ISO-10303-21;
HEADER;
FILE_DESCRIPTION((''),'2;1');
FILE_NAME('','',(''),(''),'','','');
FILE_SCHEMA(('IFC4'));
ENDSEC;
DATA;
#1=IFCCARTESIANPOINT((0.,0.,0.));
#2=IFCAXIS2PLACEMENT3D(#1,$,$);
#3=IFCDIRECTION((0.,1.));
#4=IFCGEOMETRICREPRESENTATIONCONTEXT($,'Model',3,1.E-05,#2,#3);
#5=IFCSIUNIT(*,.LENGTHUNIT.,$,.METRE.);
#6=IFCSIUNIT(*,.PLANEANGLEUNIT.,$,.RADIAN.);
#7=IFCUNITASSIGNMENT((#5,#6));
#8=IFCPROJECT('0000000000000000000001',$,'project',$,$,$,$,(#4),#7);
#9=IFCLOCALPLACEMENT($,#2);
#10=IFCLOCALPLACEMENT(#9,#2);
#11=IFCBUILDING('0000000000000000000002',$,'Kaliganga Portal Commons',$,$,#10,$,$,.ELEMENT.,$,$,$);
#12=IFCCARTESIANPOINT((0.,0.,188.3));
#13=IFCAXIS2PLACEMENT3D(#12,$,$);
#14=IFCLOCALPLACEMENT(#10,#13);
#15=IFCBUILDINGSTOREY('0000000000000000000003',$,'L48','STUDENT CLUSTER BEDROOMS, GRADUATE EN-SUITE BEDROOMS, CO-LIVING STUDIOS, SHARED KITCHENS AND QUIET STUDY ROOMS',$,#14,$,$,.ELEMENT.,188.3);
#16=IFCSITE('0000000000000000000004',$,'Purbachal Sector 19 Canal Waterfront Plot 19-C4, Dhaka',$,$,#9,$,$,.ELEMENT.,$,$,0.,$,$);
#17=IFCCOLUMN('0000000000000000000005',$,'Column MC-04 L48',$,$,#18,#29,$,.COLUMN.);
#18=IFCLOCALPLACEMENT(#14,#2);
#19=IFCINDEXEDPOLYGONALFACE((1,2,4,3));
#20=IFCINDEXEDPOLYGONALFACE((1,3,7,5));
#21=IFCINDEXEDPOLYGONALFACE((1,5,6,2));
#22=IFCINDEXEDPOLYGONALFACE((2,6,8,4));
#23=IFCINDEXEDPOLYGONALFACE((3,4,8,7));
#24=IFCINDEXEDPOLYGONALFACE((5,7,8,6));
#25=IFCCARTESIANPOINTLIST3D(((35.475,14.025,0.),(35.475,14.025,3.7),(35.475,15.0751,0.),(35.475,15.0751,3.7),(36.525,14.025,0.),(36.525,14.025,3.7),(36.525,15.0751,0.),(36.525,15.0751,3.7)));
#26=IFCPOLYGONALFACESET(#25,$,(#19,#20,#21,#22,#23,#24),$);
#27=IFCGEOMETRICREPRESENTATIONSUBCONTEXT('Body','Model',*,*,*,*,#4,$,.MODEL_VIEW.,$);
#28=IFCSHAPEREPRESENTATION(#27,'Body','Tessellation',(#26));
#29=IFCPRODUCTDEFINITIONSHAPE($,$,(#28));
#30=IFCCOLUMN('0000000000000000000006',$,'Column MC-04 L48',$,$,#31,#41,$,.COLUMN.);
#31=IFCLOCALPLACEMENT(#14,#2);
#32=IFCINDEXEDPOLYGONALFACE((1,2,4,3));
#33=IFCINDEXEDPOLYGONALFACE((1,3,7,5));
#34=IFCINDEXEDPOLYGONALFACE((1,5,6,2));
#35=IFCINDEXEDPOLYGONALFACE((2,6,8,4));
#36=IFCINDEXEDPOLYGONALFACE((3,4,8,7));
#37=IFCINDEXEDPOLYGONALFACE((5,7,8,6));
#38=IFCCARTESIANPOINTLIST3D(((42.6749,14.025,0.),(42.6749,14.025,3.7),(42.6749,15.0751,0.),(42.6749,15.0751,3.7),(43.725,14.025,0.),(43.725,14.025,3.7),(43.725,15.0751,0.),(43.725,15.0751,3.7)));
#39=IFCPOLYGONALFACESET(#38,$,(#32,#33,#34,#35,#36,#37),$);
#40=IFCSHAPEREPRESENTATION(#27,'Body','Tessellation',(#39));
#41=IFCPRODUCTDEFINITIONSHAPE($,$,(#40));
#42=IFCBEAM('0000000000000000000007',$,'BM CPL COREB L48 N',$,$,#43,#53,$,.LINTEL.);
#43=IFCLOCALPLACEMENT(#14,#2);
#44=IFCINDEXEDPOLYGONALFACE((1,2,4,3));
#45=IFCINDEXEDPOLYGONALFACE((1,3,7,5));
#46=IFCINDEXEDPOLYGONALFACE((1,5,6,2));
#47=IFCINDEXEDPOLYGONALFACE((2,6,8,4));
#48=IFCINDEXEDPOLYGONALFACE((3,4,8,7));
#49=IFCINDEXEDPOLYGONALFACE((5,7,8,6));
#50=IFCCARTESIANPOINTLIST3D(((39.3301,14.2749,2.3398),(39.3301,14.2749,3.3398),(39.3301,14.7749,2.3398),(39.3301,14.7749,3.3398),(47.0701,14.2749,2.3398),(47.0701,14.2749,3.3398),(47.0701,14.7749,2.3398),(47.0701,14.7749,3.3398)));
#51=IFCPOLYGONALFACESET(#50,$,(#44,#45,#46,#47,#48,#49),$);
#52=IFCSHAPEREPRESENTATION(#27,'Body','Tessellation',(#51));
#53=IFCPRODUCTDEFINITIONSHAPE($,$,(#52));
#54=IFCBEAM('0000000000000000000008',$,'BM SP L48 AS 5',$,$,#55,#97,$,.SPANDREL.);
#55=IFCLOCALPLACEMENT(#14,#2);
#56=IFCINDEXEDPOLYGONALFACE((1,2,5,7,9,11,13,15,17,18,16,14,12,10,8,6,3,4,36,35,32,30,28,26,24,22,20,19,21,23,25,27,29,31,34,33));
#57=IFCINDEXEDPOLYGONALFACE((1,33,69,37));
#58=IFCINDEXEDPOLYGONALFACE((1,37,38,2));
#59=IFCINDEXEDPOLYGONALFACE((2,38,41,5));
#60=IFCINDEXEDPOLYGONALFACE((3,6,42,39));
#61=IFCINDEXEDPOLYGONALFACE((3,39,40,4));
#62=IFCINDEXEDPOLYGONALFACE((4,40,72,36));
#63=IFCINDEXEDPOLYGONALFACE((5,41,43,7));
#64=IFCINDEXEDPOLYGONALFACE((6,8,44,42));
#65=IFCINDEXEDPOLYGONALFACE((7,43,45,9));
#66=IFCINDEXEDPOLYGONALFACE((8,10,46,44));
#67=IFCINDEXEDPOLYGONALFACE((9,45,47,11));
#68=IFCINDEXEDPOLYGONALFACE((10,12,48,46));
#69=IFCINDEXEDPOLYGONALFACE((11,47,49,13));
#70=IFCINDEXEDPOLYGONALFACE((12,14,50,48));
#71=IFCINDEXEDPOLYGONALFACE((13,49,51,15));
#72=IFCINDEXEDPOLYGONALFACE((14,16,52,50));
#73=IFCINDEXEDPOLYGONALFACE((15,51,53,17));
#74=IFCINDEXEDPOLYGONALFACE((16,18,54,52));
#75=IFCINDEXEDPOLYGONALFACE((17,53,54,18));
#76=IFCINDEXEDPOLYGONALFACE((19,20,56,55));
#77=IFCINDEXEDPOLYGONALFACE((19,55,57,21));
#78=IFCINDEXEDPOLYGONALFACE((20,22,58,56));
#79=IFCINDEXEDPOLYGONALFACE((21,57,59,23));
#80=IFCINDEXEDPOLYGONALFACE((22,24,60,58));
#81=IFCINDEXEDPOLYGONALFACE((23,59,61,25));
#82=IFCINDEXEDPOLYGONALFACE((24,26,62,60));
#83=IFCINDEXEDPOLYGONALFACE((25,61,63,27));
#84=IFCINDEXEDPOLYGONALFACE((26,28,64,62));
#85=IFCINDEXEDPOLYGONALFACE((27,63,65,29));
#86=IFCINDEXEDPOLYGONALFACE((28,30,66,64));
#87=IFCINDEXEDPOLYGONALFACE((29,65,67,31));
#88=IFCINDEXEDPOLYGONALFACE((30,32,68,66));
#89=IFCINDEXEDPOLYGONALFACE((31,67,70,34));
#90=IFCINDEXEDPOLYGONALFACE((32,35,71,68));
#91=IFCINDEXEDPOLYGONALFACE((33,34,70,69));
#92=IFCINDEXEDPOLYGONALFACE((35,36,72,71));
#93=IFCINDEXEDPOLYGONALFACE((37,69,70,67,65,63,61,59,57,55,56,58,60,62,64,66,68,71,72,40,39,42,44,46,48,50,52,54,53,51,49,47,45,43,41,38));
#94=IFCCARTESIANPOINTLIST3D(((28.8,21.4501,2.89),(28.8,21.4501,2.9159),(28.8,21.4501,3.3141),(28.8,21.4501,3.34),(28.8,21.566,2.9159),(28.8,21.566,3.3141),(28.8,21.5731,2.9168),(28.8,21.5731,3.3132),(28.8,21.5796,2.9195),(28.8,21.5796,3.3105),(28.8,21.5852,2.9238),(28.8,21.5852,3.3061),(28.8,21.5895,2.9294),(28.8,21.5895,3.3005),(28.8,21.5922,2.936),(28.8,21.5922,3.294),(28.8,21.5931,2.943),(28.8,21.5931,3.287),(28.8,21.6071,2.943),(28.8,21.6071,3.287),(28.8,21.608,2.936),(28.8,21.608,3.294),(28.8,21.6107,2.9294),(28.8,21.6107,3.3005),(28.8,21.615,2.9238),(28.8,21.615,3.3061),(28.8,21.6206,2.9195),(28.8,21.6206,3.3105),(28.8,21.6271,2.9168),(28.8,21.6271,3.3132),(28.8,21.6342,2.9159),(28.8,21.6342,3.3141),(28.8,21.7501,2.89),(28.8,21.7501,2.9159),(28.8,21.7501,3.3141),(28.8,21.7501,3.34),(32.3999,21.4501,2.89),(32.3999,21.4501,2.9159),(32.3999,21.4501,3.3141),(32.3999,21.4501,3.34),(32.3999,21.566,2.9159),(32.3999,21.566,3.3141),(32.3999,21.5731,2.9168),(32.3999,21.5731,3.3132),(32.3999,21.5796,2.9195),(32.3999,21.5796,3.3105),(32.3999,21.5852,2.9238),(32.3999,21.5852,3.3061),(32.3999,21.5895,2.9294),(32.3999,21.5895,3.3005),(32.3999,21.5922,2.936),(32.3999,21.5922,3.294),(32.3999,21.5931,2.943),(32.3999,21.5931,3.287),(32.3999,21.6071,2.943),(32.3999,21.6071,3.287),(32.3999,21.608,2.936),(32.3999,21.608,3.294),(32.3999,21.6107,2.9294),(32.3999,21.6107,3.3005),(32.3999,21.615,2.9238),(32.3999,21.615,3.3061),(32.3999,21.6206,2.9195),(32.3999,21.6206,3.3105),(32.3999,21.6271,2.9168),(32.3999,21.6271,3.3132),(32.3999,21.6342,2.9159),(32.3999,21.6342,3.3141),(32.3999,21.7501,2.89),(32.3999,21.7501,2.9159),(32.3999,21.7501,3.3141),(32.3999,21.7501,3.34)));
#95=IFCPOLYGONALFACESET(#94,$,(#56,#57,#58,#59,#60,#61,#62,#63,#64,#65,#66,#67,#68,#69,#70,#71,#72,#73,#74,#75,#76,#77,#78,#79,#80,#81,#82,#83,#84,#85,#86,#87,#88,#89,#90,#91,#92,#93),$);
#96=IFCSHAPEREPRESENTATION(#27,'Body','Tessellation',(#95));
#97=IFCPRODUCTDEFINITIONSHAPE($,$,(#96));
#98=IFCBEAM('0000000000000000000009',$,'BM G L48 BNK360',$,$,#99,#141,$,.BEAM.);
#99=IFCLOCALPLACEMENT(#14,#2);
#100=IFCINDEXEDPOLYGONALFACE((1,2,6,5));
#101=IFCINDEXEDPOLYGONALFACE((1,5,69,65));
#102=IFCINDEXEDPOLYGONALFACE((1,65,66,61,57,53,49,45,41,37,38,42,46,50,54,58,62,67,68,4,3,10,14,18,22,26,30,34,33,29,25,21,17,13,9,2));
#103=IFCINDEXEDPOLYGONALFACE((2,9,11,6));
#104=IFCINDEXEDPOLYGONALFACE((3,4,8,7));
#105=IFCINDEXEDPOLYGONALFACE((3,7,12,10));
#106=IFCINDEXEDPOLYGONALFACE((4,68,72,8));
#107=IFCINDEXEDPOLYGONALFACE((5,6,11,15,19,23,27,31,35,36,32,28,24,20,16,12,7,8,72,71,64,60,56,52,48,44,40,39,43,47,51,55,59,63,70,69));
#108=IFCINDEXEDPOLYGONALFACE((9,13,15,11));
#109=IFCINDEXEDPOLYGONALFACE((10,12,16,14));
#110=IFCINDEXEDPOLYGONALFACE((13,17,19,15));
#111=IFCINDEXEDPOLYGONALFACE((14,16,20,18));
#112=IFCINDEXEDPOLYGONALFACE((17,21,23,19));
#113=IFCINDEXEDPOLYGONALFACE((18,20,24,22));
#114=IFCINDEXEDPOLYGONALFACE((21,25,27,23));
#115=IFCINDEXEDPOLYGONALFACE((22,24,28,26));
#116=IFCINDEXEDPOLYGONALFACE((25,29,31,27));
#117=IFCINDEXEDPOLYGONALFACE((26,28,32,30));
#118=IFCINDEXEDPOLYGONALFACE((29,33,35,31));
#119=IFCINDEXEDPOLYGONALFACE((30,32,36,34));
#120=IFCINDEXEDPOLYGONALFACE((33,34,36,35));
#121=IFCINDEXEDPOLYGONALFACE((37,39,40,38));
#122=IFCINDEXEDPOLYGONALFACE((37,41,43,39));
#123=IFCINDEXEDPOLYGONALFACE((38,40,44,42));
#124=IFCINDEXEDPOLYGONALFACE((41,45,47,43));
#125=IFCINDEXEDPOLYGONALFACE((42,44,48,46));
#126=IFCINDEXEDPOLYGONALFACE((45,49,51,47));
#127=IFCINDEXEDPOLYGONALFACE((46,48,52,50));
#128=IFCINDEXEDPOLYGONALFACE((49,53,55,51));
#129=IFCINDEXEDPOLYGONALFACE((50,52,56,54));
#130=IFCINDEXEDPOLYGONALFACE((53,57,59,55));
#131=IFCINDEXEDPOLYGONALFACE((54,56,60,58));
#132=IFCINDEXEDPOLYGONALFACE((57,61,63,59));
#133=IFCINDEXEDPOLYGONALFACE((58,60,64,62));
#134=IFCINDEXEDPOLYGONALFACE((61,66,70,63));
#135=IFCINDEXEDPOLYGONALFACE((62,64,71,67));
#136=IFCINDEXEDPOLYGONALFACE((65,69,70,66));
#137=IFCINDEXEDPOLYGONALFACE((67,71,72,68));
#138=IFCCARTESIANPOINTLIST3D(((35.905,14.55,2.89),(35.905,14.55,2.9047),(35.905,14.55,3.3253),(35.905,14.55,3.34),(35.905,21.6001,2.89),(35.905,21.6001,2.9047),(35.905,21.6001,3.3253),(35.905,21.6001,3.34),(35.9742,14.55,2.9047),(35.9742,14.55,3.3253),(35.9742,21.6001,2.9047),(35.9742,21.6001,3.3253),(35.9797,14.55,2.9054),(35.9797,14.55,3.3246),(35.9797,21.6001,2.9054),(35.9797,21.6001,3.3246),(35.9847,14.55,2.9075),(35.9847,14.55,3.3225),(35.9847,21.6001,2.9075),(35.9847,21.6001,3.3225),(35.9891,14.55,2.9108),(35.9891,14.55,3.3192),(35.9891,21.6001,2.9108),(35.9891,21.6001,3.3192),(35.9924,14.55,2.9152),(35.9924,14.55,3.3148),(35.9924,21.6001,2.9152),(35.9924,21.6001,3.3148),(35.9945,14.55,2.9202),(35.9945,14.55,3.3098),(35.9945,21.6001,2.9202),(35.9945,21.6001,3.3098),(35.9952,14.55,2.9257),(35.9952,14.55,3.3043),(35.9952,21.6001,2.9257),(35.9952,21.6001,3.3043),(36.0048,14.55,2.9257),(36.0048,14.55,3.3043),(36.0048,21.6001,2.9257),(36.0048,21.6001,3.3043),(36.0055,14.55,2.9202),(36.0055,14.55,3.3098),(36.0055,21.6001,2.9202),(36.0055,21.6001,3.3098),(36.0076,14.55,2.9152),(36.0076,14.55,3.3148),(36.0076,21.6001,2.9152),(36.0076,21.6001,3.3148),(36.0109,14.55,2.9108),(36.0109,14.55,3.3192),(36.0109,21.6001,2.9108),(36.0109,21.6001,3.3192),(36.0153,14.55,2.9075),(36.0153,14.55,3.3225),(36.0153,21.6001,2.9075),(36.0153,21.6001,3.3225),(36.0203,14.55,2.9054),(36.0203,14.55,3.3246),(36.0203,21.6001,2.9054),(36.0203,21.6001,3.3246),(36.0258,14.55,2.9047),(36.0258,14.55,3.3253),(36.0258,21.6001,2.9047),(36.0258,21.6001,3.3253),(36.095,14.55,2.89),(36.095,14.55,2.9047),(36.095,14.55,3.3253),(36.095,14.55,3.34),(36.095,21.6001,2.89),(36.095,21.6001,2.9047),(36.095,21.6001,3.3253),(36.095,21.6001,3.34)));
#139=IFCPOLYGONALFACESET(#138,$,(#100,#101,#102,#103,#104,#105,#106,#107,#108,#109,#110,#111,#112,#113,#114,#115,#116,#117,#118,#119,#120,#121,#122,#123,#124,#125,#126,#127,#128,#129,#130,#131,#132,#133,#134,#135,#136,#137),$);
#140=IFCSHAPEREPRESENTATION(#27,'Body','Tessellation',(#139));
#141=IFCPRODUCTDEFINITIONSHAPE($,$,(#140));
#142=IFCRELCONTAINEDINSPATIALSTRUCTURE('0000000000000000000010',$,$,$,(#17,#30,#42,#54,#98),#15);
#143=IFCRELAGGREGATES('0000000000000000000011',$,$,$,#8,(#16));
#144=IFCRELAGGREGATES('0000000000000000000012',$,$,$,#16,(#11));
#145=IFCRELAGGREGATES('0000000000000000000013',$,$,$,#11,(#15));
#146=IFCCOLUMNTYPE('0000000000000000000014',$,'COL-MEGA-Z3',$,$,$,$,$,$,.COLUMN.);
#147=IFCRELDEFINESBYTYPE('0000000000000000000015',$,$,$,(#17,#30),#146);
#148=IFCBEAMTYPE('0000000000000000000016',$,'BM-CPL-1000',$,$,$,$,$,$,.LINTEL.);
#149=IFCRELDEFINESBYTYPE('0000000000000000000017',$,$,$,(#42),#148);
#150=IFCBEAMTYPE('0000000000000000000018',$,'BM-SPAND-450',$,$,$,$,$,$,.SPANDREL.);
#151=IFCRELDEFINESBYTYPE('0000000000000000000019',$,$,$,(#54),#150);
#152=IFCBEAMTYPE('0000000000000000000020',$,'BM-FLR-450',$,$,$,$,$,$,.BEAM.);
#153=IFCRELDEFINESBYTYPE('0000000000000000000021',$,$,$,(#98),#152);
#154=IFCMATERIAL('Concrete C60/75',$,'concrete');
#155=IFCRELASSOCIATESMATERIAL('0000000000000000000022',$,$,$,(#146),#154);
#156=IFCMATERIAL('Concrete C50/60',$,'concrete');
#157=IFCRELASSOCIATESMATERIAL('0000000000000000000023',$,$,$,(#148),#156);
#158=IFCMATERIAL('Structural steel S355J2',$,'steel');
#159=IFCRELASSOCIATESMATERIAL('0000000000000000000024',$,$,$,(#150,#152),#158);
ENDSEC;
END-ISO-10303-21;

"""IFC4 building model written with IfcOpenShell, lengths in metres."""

from ifc_helpers import new_model, si_unit, direction, frame, origin, origin_2d, place, context, subcontext, project, spatial, rectangle, i_section, extrude, source, transform, mapped, material, material_profile, profile_set, type_object, element, save


model = new_model("IFC4")

# Units and contexts
model_context = context("Model", 3, precision=1e-05, world=origin(), true_north=direction((0.0, 1.0)))
body_context = subcontext(model_context, "Body", "Model", "MODEL_VIEW")
ifc_project = project(units=[si_unit("LENGTHUNIT", "METRE"), si_unit("PLANEANGLEUNIT", "RADIAN")], contexts=[model_context])

# Site, building, storey
site_placement = place(None, origin())
site = spatial("IfcSite", under=ifc_project, at=site_placement, Name="Purbachal Sector 19 Canal Waterfront Plot 19-C4, Dhaka", CompositionType="ELEMENT", RefElevation=0.0)
building_placement = place(site_placement, origin())
building = spatial("IfcBuilding", under=site, at=building_placement, Name="Kaliganga Portal Commons", CompositionType="ELEMENT")
storey_placement = place(building_placement, frame((0.0, 0.0, 188.3)))
storey = spatial("IfcBuildingStorey", under=building, at=storey_placement, Name="L48", Description="STUDENT CLUSTER BEDROOMS, GRADUATE EN-SUITE BEDROOMS, CO-LIVING STUDIOS, SHARED KITCHENS AND QUIET STUDY ROOMS", CompositionType="ELEMENT", Elevation=188.3)

# Columns
ifc_material_1 = material(Name="Concrete C60/75", Category="concrete")
ifc_material_profile_1 = material_profile(ifc_material_1, rectangle(XDim=1.05, YDim=1.05, at=origin_2d()), Name="RC 1050x1050")
ifc_profile_set_1 = profile_set([ifc_material_profile_1], Name="Concrete C60/75")
column_type = type_object("IfcColumnType", Name="COL-MEGA-Z3", PredefinedType="COLUMN", material=ifc_profile_set_1)
shared_shape_1 = source(origin(), body_context, "Body", "SweptSolid", [
    extrude(rectangle(XDim=1.05, YDim=1.05, at=origin_2d()), origin(), (0.0, 0.0, 1.0), 3.7),
])
for number, where, z_axis, x_axis, name in (
    (1, (36.0, 14.55, 0.0), (0.0, 0.0, 1.0), (1.0, 0.0, 0.0), "Column MC-04 L48"),
    (2, (43.2, 14.55, 0.0), (0.0, 0.0, 1.0), (1.0, 0.0, 0.0), "Column MC-04 L48"),
):
    element("IfcColumn", number, at=place(storey_placement, frame(where, z_axis=z_axis, x_axis=x_axis)), inside=storey, type_object=column_type, Name=name, PredefinedType="COLUMN", context=body_context, shape_type="MappedRepresentation", body=[
        mapped(shared_shape_1, transform((0.0, 0.0, 0.0), x_axis=(1.0, 0.0, 0.0), y_axis=(0.0, 1.0, 0.0), z_axis=(0.0, 0.0, 1.0), scale=1.0)),
    ])

# Beams
ifc_material_2 = material(Name="Concrete C50/60", Category="concrete")
ifc_material_profile_2 = material_profile(ifc_material_2, rectangle(XDim=0.5, YDim=1.0, at=origin_2d()), Name="RC 500x1000")
ifc_profile_set_2 = profile_set([ifc_material_profile_2], Name="Concrete C50/60")
beam_type_1 = type_object("IfcBeamType", Name="BM-CPL-1000", PredefinedType="LINTEL", material=ifc_profile_set_2)
shared_shape_2 = source(origin(), body_context, "Body", "SweptSolid", [
    extrude(rectangle(XDim=0.5, YDim=1.0, at=origin_2d()), origin(), (0.0, 0.0, 1.0), 7.74),
])
beam_1_placement = place(storey_placement, frame((39.3301, 14.5249, 2.8398), z_axis=(1.0, 0.0, 0.0), x_axis=(0.0, 1.0, 0.0)))
element("IfcBeam", 3, at=beam_1_placement, inside=storey, type_object=beam_type_1, Name="BM CPL COREB L48 N", PredefinedType="LINTEL", context=body_context, shape_type="MappedRepresentation", body=[
    mapped(shared_shape_2, transform((0.0, 0.0, 0.0), x_axis=(1.0, 0.0, 0.0), y_axis=(0.0, 1.0, 0.0), z_axis=(0.0, 0.0, 1.0), scale=1.0)),
])
ifc_material_3 = material(Name="Structural steel S355J2", Category="steel")
ifc_material_profile_3 = material_profile(ifc_material_3, i_section(OverallWidth=0.3, OverallDepth=0.45, WebThickness=0.0139, FlangeThickness=0.0259, FilletRadius=0.0271, at=origin_2d()), Name="HE 450 B")
ifc_profile_set_3 = profile_set([ifc_material_profile_3], Name="Structural steel S355J2 wide-flange")
beam_type_2 = type_object("IfcBeamType", Name="BM-SPAND-450", PredefinedType="SPANDREL", material=ifc_profile_set_3)
shared_shape_3 = source(origin(), body_context, "Body", "SweptSolid", [
    extrude(i_section(OverallWidth=0.3, OverallDepth=0.45, WebThickness=0.0139, FlangeThickness=0.0259, FilletRadius=0.0271, at=origin_2d()), origin(), (0.0, 0.0, 1.0), 3.5999),
])
beam_2_placement = place(storey_placement, frame((28.8, 21.6001, 3.115), z_axis=(1.0, 0.0, 0.0), x_axis=(0.0, 1.0, 0.0)))
element("IfcBeam", 4, at=beam_2_placement, inside=storey, type_object=beam_type_2, Name="BM SP L48 AS 5", PredefinedType="SPANDREL", context=body_context, shape_type="MappedRepresentation", body=[
    mapped(shared_shape_3, transform((0.0, 0.0, 0.0), x_axis=(1.0, 0.0, 0.0), y_axis=(0.0, 1.0, 0.0), z_axis=(0.0, 0.0, 1.0), scale=1.0)),
])
ifc_material_profile_4 = material_profile(ifc_material_3, i_section(OverallWidth=0.1899, OverallDepth=0.45, WebThickness=0.0095, FlangeThickness=0.0146, FilletRadius=0.021, at=origin_2d()), Name="IPE 450")
ifc_profile_set_4 = profile_set([ifc_material_profile_4], Name="Structural steel S355J2 wide-flange")
beam_type_3 = type_object("IfcBeamType", Name="BM-FLR-450", PredefinedType="BEAM", material=ifc_profile_set_4)
shared_shape_4 = source(origin(), body_context, "Body", "SweptSolid", [
    extrude(i_section(OverallWidth=0.1899, OverallDepth=0.45, WebThickness=0.0095, FlangeThickness=0.0146, FilletRadius=0.021, at=origin_2d()), origin(), (0.0, 0.0, 1.0), 7.05),
])
beam_3_placement = place(storey_placement, frame((36.0, 14.55, 3.115), z_axis=(0.0, 1.0, 0.0), x_axis=(-1.0, 0.0, 0.0)))
element("IfcBeam", 5, at=beam_3_placement, inside=storey, type_object=beam_type_3, Name="BM G L48 BNK360", PredefinedType="BEAM", context=body_context, shape_type="MappedRepresentation", body=[
    mapped(shared_shape_4, transform((0.0, 0.0, 0.0), x_axis=(1.0, 0.0, 0.0), y_axis=(0.0, 1.0, 0.0), z_axis=(0.0, 0.0, 1.0), scale=1.0)),
])

save(model, "model.ifc")
